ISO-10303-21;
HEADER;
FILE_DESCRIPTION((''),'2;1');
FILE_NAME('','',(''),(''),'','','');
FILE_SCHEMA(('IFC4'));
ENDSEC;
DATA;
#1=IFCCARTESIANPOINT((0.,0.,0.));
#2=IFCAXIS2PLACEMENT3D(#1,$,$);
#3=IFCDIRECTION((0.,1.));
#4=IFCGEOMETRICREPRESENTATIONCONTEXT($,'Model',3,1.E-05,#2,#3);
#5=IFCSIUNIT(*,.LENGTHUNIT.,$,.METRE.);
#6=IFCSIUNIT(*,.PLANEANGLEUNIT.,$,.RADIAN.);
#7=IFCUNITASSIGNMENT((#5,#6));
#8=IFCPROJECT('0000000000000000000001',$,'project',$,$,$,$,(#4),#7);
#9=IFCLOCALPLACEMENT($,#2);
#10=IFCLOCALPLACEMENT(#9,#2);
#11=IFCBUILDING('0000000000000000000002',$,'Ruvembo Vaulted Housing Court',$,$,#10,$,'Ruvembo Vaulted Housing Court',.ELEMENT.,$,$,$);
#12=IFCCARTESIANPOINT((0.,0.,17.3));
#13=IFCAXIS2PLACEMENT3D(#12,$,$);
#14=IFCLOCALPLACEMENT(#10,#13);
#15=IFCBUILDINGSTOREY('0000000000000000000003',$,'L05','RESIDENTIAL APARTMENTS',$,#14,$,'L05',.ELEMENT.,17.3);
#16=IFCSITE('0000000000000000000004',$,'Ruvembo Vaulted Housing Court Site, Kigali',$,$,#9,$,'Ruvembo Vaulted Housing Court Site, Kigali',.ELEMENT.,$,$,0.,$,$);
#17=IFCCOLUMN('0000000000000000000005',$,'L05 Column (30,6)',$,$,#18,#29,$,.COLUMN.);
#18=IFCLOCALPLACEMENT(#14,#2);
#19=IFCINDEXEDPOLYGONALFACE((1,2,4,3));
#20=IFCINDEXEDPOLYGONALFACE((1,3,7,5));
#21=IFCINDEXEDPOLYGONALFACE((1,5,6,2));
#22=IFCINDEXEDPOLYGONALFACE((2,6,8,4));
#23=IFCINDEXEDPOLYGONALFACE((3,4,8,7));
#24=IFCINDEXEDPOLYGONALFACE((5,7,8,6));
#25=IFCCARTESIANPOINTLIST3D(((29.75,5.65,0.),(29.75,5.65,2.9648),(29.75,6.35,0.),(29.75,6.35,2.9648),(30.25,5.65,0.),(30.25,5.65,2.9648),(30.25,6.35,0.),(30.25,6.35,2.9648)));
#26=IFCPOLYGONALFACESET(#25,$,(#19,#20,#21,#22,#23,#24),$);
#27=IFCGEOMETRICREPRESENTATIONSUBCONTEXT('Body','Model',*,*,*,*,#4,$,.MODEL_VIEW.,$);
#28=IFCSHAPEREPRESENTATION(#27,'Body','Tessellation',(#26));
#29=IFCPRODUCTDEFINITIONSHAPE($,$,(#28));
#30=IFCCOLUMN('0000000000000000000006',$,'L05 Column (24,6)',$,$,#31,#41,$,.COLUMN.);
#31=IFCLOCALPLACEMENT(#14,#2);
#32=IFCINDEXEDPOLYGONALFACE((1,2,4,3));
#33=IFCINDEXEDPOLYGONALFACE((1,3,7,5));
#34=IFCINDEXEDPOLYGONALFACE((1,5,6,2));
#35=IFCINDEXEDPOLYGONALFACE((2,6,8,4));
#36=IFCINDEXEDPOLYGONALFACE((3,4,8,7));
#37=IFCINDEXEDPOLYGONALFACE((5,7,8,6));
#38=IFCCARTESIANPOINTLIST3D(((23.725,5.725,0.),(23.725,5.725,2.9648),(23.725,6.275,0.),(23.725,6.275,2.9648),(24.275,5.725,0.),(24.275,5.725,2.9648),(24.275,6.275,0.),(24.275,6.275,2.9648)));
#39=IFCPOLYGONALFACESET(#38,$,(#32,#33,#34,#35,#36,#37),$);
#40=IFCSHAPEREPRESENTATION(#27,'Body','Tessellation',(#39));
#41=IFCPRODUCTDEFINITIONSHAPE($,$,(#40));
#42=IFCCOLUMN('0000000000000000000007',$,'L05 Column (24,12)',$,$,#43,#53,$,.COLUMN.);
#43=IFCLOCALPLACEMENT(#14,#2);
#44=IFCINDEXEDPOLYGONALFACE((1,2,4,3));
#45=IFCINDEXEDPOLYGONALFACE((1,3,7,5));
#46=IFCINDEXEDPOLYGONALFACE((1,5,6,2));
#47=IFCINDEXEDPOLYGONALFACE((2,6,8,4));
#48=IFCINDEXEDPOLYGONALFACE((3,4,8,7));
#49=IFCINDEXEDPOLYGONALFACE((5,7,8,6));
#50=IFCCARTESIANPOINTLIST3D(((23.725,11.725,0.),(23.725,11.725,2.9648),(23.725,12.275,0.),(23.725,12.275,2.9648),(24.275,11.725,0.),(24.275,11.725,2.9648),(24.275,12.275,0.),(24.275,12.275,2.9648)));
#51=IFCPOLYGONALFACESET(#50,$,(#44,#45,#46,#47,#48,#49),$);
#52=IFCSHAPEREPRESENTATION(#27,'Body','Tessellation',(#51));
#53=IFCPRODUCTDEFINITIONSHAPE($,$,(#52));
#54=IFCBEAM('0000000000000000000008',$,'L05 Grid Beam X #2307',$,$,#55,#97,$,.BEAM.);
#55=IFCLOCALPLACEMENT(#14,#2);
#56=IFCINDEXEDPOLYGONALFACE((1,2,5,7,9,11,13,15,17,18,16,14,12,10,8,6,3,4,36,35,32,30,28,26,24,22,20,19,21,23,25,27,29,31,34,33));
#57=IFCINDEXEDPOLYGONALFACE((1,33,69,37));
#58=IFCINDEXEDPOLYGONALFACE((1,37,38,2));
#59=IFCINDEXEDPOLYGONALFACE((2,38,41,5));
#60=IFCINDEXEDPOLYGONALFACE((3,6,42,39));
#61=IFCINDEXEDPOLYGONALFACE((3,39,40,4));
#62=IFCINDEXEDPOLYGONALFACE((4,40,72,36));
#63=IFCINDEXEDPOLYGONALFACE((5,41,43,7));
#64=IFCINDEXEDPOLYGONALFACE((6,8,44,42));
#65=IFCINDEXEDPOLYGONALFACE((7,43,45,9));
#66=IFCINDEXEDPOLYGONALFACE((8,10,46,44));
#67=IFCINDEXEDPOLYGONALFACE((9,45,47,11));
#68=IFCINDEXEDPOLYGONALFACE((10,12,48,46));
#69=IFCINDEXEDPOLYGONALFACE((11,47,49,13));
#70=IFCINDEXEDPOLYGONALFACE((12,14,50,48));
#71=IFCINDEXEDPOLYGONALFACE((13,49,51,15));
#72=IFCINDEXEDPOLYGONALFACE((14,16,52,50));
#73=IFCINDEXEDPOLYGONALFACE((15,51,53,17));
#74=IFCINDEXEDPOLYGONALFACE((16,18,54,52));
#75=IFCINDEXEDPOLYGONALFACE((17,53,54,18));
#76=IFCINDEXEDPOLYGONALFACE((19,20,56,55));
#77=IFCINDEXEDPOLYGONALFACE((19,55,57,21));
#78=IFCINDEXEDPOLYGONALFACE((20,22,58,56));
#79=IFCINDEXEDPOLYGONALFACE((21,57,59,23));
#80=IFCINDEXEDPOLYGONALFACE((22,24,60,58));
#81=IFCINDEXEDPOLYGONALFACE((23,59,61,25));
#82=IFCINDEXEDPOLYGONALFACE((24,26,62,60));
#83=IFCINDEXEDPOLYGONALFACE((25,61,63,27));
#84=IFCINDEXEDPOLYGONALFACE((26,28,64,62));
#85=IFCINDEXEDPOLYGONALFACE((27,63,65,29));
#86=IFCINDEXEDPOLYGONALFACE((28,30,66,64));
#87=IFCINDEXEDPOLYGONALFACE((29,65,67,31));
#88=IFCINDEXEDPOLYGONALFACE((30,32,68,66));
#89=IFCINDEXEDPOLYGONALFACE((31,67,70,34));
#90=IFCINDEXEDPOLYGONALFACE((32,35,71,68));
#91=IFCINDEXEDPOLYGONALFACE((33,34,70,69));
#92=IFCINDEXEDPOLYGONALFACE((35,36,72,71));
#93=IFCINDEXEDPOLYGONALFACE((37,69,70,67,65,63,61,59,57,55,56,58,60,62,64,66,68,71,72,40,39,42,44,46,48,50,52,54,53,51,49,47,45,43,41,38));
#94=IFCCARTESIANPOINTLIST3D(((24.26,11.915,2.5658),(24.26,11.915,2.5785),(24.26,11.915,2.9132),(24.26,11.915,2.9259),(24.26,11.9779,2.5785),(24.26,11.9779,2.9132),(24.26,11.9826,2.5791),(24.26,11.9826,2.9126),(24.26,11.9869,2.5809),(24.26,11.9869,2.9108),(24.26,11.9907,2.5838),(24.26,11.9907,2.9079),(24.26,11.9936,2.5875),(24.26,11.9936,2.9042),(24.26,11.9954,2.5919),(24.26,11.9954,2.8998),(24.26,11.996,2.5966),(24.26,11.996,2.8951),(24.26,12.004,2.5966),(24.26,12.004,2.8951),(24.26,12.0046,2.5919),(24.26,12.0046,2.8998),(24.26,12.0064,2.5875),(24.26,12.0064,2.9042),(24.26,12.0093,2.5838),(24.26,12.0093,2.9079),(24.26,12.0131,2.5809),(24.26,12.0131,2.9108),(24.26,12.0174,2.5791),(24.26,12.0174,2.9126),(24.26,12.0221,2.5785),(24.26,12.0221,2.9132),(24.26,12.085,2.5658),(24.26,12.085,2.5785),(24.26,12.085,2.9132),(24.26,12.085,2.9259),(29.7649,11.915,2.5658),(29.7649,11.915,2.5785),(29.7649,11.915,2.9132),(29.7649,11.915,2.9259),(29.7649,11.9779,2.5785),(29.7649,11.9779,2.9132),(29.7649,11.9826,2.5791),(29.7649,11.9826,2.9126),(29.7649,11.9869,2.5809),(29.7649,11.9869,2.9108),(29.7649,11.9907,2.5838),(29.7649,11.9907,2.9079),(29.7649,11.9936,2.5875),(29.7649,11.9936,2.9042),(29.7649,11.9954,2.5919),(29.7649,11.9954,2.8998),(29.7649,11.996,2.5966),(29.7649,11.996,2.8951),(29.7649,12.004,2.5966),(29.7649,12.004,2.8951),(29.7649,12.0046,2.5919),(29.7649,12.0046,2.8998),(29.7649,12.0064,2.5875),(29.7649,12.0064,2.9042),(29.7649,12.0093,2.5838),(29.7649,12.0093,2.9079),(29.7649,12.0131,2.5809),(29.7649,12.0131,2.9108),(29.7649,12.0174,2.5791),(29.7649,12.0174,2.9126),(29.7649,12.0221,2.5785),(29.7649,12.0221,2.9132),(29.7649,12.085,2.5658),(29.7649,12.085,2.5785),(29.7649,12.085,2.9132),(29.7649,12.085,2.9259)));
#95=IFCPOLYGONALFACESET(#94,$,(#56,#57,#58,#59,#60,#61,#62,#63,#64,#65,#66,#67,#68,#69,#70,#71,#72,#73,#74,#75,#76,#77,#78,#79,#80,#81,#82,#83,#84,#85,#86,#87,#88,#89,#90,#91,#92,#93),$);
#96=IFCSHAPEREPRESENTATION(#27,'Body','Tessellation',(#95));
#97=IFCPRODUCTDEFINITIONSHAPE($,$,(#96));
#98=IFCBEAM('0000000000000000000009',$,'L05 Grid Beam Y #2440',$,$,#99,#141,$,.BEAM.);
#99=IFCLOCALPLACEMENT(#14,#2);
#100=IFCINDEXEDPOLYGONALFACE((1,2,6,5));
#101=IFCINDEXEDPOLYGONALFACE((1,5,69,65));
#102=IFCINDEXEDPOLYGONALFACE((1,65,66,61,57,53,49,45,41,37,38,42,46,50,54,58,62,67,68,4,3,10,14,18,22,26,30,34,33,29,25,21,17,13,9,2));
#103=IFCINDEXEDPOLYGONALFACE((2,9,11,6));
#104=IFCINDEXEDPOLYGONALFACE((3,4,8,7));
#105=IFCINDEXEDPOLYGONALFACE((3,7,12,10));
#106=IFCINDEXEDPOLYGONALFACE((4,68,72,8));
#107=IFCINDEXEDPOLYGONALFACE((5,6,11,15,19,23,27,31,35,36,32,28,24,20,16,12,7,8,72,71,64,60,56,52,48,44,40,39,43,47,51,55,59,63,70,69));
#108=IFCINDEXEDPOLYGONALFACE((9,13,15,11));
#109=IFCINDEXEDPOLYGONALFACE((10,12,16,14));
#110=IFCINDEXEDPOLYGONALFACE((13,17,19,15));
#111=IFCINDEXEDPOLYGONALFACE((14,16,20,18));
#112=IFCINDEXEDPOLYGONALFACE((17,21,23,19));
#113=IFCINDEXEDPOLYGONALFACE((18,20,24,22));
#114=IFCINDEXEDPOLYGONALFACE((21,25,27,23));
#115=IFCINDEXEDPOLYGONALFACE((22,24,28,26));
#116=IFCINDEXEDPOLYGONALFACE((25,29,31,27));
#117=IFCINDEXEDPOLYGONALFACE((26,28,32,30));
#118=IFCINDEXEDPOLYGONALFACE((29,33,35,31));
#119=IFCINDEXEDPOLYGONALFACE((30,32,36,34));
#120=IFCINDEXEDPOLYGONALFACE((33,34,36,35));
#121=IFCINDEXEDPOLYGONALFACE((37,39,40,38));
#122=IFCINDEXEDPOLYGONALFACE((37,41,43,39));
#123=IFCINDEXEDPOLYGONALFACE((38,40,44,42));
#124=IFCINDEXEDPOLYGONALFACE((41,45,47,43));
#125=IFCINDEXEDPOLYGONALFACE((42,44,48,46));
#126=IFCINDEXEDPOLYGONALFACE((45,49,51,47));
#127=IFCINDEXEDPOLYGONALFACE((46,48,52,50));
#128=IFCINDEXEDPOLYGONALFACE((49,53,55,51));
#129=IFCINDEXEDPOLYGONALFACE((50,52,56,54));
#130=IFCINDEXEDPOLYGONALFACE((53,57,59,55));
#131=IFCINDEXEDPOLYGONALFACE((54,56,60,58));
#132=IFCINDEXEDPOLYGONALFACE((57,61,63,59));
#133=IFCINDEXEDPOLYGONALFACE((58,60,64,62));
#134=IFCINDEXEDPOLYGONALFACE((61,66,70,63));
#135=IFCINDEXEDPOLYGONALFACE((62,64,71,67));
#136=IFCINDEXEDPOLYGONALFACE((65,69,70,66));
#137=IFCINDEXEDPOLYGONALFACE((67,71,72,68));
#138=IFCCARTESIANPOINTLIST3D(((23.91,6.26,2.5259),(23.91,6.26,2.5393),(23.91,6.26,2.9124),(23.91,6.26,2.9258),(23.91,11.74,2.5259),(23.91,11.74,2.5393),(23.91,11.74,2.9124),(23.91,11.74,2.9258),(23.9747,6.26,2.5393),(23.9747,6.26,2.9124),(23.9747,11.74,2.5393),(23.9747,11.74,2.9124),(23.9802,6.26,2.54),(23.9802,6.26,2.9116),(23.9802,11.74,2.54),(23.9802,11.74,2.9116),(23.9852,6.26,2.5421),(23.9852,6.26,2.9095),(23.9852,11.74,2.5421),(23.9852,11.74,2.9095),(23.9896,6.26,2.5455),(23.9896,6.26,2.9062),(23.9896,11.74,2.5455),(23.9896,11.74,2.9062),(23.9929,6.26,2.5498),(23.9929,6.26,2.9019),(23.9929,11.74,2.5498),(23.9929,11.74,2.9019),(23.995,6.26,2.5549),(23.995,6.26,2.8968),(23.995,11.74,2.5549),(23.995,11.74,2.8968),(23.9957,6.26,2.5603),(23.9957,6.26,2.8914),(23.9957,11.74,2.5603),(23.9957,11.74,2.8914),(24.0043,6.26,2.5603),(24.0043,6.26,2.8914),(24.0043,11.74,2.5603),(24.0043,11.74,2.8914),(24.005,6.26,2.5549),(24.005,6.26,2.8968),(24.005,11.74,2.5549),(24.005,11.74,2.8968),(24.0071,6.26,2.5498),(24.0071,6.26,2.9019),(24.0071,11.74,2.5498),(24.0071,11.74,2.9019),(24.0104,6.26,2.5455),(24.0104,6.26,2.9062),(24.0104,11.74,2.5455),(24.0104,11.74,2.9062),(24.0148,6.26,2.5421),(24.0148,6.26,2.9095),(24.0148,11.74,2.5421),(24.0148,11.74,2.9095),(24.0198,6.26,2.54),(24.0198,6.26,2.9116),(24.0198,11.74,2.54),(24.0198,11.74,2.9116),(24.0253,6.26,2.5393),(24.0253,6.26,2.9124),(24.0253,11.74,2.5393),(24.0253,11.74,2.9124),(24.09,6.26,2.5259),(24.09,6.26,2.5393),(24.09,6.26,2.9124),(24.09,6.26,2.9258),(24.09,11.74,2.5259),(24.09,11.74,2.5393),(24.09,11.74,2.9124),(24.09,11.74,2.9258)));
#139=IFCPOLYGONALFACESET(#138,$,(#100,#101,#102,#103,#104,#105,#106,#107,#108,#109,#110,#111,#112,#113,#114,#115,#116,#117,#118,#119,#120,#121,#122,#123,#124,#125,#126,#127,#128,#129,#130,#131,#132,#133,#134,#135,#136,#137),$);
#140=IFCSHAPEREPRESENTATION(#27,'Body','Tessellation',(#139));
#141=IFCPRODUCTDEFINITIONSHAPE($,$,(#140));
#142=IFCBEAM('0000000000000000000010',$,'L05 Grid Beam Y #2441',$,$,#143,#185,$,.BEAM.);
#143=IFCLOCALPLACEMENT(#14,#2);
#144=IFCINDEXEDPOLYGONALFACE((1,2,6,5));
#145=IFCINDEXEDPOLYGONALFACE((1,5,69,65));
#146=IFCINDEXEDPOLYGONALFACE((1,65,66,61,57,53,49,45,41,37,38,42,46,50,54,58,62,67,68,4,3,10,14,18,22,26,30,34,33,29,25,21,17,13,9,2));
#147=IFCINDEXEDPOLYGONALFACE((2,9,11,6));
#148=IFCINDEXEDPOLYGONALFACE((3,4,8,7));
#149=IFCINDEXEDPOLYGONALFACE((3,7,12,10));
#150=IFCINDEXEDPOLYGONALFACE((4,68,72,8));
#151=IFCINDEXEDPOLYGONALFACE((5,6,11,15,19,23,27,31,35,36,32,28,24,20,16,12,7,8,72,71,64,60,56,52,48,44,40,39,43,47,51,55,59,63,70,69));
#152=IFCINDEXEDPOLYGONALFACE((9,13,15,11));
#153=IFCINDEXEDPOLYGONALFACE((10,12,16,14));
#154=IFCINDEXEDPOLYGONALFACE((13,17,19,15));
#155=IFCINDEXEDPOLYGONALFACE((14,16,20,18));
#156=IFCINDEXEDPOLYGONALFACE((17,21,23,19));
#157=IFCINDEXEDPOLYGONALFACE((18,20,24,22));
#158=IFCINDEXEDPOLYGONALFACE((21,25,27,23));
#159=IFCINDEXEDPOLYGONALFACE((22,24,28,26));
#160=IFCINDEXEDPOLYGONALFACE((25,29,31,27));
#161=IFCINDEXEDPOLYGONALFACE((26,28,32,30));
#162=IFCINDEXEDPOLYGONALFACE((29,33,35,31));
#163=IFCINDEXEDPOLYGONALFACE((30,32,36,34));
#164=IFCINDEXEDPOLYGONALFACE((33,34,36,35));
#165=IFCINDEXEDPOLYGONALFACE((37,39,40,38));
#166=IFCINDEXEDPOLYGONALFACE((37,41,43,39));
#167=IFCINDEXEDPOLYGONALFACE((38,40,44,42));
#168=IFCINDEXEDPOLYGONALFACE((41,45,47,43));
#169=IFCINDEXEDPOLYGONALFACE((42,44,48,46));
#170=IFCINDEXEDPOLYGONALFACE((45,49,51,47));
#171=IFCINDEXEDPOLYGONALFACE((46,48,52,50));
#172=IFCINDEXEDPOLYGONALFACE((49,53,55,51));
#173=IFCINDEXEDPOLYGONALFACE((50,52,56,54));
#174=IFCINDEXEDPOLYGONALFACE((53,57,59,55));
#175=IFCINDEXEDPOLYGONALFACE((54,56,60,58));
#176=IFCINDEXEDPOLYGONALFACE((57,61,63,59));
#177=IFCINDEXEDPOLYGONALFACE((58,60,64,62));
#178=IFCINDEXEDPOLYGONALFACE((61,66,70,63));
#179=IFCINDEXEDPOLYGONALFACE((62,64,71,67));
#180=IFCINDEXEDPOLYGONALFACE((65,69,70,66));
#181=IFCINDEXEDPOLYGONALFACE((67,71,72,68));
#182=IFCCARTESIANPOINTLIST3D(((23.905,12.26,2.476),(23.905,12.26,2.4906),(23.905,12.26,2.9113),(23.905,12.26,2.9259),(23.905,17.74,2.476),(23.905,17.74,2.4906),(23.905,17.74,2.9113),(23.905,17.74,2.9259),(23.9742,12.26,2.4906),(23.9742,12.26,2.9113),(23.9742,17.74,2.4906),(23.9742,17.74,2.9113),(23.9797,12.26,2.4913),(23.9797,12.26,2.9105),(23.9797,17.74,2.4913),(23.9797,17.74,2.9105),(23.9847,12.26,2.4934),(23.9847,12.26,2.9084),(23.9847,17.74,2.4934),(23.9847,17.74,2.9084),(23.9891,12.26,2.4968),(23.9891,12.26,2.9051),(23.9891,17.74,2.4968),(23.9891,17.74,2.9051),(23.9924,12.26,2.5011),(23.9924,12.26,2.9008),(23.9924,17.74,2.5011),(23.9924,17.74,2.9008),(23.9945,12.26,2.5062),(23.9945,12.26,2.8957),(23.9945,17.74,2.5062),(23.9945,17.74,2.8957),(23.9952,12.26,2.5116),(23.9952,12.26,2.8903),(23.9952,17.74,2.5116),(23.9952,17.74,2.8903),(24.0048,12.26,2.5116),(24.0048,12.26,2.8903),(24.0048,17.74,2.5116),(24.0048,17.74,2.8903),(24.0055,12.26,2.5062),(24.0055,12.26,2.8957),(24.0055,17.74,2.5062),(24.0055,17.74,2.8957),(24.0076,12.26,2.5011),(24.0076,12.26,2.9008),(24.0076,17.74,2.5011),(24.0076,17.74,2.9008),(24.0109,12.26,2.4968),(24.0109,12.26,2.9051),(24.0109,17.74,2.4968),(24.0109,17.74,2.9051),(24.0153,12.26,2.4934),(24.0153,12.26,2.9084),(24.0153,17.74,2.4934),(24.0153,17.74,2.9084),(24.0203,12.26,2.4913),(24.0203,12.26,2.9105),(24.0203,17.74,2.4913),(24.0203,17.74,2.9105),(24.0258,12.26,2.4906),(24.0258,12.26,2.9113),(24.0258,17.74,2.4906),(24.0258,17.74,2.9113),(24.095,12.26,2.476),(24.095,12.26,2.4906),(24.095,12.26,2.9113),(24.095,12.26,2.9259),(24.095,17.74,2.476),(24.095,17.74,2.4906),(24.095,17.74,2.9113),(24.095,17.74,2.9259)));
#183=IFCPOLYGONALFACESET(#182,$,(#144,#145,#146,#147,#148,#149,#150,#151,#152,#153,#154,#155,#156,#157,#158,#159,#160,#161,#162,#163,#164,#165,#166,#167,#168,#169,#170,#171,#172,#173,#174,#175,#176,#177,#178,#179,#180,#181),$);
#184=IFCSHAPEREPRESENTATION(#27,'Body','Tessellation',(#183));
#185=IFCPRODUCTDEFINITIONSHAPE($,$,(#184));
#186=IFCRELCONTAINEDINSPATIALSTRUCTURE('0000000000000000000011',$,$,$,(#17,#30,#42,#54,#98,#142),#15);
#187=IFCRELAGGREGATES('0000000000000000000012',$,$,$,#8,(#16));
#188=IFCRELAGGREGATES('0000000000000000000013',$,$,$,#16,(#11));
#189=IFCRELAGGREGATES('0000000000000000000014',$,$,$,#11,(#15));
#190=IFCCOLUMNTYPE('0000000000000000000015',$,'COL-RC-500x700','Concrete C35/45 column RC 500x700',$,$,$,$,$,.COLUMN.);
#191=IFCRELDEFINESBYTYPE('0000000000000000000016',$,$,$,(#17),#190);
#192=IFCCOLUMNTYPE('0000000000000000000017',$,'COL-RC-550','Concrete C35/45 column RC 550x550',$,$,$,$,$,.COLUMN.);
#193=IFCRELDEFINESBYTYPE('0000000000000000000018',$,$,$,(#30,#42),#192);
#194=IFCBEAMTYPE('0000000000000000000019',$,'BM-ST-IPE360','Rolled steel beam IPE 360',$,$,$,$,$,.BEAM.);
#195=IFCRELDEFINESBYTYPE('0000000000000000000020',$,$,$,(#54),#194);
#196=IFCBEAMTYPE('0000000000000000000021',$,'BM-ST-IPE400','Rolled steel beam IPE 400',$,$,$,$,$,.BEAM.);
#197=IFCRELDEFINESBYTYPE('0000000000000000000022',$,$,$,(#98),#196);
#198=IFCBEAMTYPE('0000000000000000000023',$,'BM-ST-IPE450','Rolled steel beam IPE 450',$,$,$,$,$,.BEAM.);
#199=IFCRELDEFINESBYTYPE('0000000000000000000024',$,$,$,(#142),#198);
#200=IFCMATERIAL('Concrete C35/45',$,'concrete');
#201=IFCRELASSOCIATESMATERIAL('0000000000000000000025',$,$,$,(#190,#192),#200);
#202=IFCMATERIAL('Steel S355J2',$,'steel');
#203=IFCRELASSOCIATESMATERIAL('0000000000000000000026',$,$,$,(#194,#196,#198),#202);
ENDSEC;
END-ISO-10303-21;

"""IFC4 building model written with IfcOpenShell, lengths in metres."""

from ifc_helpers import new_model, si_unit, direction, frame, origin, origin_2d, place, context, subcontext, project, spatial, rectangle, i_section, extrude, material, material_profile, profile_set, type_object, element, save


model = new_model("IFC4")

# Units and contexts
model_context = context("Model", 3, precision=1e-05, world=origin(), true_north=direction((0.0, 1.0)))
body_context = subcontext(model_context, "Body", "Model", "MODEL_VIEW")
ifc_project = project(units=[si_unit("LENGTHUNIT", "METRE"), si_unit("PLANEANGLEUNIT", "RADIAN")], contexts=[model_context])

# Site, building, storey
site_placement = place(None, origin())
site = spatial("IfcSite", under=ifc_project, at=site_placement, Name="Ruvembo Vaulted Housing Court Site, Kigali", LongName="Ruvembo Vaulted Housing Court Site, Kigali", CompositionType="ELEMENT", RefElevation=0.0)
building_placement = place(site_placement, origin())
building = spatial("IfcBuilding", under=site, at=building_placement, Name="Ruvembo Vaulted Housing Court", LongName="Ruvembo Vaulted Housing Court", CompositionType="ELEMENT")
storey_placement = place(building_placement, frame((0.0, 0.0, 17.3)))
storey = spatial("IfcBuildingStorey", under=building, at=storey_placement, Name="L05", Description="RESIDENTIAL APARTMENTS", LongName="L05", CompositionType="ELEMENT", Elevation=17.3)

# Columns
ifc_material_1 = material(Name="Concrete C35/45", Category="concrete")
ifc_material_profile_1 = material_profile(ifc_material_1, rectangle(XDim=0.5, YDim=0.7, at=origin_2d()), Name="RC 500x700")
ifc_profile_set_1 = profile_set([ifc_material_profile_1], Name="Concrete C35/45")
column_type_1 = type_object("IfcColumnType", Name="COL-RC-500x700", Description="Concrete C35/45 column RC 500x700", PredefinedType="COLUMN", material=ifc_profile_set_1)
column_placement = place(storey_placement, frame((30.0, 6.0, 0.0), z_axis=(0.0, 0.0, 1.0), x_axis=(1.0, 0.0, 0.0)))
element("IfcColumn", 1, at=column_placement, inside=storey, type_object=column_type_1, Name="L05 Column (30,6)", PredefinedType="COLUMN", context=body_context, shape_type="SweptSolid", body=[
    extrude(rectangle(XDim=0.5, YDim=0.7, at=origin_2d()), origin(), (0.0, 0.0, 1.0), 2.9648),
])
ifc_material_profile_2 = material_profile(ifc_material_1, rectangle(XDim=0.55, YDim=0.55, at=origin_2d()), Name="RC 550x550")
ifc_profile_set_2 = profile_set([ifc_material_profile_2], Name="Concrete C35/45")
column_type_2 = type_object("IfcColumnType", Name="COL-RC-550", Description="Concrete C35/45 column RC 550x550", PredefinedType="COLUMN", material=ifc_profile_set_2)
for number, where, z_axis, x_axis, name in (
    (2, (24.0, 6.0, 0.0), (0.0, 0.0, 1.0), (1.0, 0.0, 0.0), "L05 Column (24,6)"),
    (3, (24.0, 12.0, 0.0), (0.0, 0.0, 1.0), (1.0, 0.0, 0.0), "L05 Column (24,12)"),
):
    element("IfcColumn", number, at=place(storey_placement, frame(where, z_axis=z_axis, x_axis=x_axis)), inside=storey, type_object=column_type_2, Name=name, PredefinedType="COLUMN", context=body_context, shape_type="SweptSolid", body=[
        extrude(rectangle(XDim=0.55, YDim=0.55, at=origin_2d()), origin(), (0.0, 0.0, 1.0), 2.9648),
    ])

# Beams
ifc_material_2 = material(Name="Steel S355J2", Category="steel")
ifc_material_profile_3 = material_profile(ifc_material_2, i_section(OverallWidth=0.1699, OverallDepth=0.3601, WebThickness=0.0081, FlangeThickness=0.0127, FilletRadius=0.0181, at=origin_2d()), Name="IPE 360")
ifc_profile_set_3 = profile_set([ifc_material_profile_3], Name="Steel S355J2")
beam_type_1 = type_object("IfcBeamType", Name="BM-ST-IPE360", Description="Rolled steel beam IPE 360", PredefinedType="BEAM", material=ifc_profile_set_3)
beam_1_placement = place(storey_placement, frame((24.26, 12.0, 2.7458), z_axis=(1.0, 0.0, 0.0), x_axis=(0.0, 1.0, 0.0)))
element("IfcBeam", 4, at=beam_1_placement, inside=storey, type_object=beam_type_1, Name="L05 Grid Beam X #2307", PredefinedType="BEAM", context=body_context, shape_type="SweptSolid", body=[
    extrude(i_section(OverallWidth=0.1699, OverallDepth=0.3601, WebThickness=0.0081, FlangeThickness=0.0127, FilletRadius=0.0181, at=origin_2d()), origin(), (0.0, 0.0, 1.0), 5.5049),
])
ifc_material_profile_4 = material_profile(ifc_material_2, i_section(OverallWidth=0.1799, OverallDepth=0.3999, WebThickness=0.0085, FlangeThickness=0.0134, FilletRadius=0.021, at=origin_2d()), Name="IPE 400")
ifc_profile_set_4 = profile_set([ifc_material_profile_4], Name="Steel S355J2")
beam_type_2 = type_object("IfcBeamType", Name="BM-ST-IPE400", Description="Rolled steel beam IPE 400", PredefinedType="BEAM", material=ifc_profile_set_4)
beam_2_placement = place(storey_placement, frame((24.0, 6.26, 2.7258), z_axis=(0.0, 1.0, 0.0), x_axis=(-1.0, 0.0, 0.0)))
element("IfcBeam", 5, at=beam_2_placement, inside=storey, type_object=beam_type_2, Name="L05 Grid Beam Y #2440", PredefinedType="BEAM", context=body_context, shape_type="SweptSolid", body=[
    extrude(i_section(OverallWidth=0.1799, OverallDepth=0.3999, WebThickness=0.0085, FlangeThickness=0.0134, FilletRadius=0.021, at=origin_2d()), origin(), (0.0, 0.0, 1.0), 5.48),
])
ifc_material_profile_5 = material_profile(ifc_material_2, i_section(OverallWidth=0.1899, OverallDepth=0.45, WebThickness=0.0095, FlangeThickness=0.0146, FilletRadius=0.021, at=origin_2d()), Name="IPE 450")
ifc_profile_set_5 = profile_set([ifc_material_profile_5], Name="Steel S355J2")
beam_type_3 = type_object("IfcBeamType", Name="BM-ST-IPE450", Description="Rolled steel beam IPE 450", PredefinedType="BEAM", material=ifc_profile_set_5)
beam_3_placement = place(storey_placement, frame((24.0, 12.26, 2.7009), z_axis=(0.0, 1.0, 0.0), x_axis=(-1.0, 0.0, 0.0)))
element("IfcBeam", 6, at=beam_3_placement, inside=storey, type_object=beam_type_3, Name="L05 Grid Beam Y #2441", PredefinedType="BEAM", context=body_context, shape_type="SweptSolid", body=[
    extrude(i_section(OverallWidth=0.1899, OverallDepth=0.45, WebThickness=0.0095, FlangeThickness=0.0146, FilletRadius=0.021, at=origin_2d()), origin(), (0.0, 0.0, 1.0), 5.48),
])

save(model, "model.ifc")
